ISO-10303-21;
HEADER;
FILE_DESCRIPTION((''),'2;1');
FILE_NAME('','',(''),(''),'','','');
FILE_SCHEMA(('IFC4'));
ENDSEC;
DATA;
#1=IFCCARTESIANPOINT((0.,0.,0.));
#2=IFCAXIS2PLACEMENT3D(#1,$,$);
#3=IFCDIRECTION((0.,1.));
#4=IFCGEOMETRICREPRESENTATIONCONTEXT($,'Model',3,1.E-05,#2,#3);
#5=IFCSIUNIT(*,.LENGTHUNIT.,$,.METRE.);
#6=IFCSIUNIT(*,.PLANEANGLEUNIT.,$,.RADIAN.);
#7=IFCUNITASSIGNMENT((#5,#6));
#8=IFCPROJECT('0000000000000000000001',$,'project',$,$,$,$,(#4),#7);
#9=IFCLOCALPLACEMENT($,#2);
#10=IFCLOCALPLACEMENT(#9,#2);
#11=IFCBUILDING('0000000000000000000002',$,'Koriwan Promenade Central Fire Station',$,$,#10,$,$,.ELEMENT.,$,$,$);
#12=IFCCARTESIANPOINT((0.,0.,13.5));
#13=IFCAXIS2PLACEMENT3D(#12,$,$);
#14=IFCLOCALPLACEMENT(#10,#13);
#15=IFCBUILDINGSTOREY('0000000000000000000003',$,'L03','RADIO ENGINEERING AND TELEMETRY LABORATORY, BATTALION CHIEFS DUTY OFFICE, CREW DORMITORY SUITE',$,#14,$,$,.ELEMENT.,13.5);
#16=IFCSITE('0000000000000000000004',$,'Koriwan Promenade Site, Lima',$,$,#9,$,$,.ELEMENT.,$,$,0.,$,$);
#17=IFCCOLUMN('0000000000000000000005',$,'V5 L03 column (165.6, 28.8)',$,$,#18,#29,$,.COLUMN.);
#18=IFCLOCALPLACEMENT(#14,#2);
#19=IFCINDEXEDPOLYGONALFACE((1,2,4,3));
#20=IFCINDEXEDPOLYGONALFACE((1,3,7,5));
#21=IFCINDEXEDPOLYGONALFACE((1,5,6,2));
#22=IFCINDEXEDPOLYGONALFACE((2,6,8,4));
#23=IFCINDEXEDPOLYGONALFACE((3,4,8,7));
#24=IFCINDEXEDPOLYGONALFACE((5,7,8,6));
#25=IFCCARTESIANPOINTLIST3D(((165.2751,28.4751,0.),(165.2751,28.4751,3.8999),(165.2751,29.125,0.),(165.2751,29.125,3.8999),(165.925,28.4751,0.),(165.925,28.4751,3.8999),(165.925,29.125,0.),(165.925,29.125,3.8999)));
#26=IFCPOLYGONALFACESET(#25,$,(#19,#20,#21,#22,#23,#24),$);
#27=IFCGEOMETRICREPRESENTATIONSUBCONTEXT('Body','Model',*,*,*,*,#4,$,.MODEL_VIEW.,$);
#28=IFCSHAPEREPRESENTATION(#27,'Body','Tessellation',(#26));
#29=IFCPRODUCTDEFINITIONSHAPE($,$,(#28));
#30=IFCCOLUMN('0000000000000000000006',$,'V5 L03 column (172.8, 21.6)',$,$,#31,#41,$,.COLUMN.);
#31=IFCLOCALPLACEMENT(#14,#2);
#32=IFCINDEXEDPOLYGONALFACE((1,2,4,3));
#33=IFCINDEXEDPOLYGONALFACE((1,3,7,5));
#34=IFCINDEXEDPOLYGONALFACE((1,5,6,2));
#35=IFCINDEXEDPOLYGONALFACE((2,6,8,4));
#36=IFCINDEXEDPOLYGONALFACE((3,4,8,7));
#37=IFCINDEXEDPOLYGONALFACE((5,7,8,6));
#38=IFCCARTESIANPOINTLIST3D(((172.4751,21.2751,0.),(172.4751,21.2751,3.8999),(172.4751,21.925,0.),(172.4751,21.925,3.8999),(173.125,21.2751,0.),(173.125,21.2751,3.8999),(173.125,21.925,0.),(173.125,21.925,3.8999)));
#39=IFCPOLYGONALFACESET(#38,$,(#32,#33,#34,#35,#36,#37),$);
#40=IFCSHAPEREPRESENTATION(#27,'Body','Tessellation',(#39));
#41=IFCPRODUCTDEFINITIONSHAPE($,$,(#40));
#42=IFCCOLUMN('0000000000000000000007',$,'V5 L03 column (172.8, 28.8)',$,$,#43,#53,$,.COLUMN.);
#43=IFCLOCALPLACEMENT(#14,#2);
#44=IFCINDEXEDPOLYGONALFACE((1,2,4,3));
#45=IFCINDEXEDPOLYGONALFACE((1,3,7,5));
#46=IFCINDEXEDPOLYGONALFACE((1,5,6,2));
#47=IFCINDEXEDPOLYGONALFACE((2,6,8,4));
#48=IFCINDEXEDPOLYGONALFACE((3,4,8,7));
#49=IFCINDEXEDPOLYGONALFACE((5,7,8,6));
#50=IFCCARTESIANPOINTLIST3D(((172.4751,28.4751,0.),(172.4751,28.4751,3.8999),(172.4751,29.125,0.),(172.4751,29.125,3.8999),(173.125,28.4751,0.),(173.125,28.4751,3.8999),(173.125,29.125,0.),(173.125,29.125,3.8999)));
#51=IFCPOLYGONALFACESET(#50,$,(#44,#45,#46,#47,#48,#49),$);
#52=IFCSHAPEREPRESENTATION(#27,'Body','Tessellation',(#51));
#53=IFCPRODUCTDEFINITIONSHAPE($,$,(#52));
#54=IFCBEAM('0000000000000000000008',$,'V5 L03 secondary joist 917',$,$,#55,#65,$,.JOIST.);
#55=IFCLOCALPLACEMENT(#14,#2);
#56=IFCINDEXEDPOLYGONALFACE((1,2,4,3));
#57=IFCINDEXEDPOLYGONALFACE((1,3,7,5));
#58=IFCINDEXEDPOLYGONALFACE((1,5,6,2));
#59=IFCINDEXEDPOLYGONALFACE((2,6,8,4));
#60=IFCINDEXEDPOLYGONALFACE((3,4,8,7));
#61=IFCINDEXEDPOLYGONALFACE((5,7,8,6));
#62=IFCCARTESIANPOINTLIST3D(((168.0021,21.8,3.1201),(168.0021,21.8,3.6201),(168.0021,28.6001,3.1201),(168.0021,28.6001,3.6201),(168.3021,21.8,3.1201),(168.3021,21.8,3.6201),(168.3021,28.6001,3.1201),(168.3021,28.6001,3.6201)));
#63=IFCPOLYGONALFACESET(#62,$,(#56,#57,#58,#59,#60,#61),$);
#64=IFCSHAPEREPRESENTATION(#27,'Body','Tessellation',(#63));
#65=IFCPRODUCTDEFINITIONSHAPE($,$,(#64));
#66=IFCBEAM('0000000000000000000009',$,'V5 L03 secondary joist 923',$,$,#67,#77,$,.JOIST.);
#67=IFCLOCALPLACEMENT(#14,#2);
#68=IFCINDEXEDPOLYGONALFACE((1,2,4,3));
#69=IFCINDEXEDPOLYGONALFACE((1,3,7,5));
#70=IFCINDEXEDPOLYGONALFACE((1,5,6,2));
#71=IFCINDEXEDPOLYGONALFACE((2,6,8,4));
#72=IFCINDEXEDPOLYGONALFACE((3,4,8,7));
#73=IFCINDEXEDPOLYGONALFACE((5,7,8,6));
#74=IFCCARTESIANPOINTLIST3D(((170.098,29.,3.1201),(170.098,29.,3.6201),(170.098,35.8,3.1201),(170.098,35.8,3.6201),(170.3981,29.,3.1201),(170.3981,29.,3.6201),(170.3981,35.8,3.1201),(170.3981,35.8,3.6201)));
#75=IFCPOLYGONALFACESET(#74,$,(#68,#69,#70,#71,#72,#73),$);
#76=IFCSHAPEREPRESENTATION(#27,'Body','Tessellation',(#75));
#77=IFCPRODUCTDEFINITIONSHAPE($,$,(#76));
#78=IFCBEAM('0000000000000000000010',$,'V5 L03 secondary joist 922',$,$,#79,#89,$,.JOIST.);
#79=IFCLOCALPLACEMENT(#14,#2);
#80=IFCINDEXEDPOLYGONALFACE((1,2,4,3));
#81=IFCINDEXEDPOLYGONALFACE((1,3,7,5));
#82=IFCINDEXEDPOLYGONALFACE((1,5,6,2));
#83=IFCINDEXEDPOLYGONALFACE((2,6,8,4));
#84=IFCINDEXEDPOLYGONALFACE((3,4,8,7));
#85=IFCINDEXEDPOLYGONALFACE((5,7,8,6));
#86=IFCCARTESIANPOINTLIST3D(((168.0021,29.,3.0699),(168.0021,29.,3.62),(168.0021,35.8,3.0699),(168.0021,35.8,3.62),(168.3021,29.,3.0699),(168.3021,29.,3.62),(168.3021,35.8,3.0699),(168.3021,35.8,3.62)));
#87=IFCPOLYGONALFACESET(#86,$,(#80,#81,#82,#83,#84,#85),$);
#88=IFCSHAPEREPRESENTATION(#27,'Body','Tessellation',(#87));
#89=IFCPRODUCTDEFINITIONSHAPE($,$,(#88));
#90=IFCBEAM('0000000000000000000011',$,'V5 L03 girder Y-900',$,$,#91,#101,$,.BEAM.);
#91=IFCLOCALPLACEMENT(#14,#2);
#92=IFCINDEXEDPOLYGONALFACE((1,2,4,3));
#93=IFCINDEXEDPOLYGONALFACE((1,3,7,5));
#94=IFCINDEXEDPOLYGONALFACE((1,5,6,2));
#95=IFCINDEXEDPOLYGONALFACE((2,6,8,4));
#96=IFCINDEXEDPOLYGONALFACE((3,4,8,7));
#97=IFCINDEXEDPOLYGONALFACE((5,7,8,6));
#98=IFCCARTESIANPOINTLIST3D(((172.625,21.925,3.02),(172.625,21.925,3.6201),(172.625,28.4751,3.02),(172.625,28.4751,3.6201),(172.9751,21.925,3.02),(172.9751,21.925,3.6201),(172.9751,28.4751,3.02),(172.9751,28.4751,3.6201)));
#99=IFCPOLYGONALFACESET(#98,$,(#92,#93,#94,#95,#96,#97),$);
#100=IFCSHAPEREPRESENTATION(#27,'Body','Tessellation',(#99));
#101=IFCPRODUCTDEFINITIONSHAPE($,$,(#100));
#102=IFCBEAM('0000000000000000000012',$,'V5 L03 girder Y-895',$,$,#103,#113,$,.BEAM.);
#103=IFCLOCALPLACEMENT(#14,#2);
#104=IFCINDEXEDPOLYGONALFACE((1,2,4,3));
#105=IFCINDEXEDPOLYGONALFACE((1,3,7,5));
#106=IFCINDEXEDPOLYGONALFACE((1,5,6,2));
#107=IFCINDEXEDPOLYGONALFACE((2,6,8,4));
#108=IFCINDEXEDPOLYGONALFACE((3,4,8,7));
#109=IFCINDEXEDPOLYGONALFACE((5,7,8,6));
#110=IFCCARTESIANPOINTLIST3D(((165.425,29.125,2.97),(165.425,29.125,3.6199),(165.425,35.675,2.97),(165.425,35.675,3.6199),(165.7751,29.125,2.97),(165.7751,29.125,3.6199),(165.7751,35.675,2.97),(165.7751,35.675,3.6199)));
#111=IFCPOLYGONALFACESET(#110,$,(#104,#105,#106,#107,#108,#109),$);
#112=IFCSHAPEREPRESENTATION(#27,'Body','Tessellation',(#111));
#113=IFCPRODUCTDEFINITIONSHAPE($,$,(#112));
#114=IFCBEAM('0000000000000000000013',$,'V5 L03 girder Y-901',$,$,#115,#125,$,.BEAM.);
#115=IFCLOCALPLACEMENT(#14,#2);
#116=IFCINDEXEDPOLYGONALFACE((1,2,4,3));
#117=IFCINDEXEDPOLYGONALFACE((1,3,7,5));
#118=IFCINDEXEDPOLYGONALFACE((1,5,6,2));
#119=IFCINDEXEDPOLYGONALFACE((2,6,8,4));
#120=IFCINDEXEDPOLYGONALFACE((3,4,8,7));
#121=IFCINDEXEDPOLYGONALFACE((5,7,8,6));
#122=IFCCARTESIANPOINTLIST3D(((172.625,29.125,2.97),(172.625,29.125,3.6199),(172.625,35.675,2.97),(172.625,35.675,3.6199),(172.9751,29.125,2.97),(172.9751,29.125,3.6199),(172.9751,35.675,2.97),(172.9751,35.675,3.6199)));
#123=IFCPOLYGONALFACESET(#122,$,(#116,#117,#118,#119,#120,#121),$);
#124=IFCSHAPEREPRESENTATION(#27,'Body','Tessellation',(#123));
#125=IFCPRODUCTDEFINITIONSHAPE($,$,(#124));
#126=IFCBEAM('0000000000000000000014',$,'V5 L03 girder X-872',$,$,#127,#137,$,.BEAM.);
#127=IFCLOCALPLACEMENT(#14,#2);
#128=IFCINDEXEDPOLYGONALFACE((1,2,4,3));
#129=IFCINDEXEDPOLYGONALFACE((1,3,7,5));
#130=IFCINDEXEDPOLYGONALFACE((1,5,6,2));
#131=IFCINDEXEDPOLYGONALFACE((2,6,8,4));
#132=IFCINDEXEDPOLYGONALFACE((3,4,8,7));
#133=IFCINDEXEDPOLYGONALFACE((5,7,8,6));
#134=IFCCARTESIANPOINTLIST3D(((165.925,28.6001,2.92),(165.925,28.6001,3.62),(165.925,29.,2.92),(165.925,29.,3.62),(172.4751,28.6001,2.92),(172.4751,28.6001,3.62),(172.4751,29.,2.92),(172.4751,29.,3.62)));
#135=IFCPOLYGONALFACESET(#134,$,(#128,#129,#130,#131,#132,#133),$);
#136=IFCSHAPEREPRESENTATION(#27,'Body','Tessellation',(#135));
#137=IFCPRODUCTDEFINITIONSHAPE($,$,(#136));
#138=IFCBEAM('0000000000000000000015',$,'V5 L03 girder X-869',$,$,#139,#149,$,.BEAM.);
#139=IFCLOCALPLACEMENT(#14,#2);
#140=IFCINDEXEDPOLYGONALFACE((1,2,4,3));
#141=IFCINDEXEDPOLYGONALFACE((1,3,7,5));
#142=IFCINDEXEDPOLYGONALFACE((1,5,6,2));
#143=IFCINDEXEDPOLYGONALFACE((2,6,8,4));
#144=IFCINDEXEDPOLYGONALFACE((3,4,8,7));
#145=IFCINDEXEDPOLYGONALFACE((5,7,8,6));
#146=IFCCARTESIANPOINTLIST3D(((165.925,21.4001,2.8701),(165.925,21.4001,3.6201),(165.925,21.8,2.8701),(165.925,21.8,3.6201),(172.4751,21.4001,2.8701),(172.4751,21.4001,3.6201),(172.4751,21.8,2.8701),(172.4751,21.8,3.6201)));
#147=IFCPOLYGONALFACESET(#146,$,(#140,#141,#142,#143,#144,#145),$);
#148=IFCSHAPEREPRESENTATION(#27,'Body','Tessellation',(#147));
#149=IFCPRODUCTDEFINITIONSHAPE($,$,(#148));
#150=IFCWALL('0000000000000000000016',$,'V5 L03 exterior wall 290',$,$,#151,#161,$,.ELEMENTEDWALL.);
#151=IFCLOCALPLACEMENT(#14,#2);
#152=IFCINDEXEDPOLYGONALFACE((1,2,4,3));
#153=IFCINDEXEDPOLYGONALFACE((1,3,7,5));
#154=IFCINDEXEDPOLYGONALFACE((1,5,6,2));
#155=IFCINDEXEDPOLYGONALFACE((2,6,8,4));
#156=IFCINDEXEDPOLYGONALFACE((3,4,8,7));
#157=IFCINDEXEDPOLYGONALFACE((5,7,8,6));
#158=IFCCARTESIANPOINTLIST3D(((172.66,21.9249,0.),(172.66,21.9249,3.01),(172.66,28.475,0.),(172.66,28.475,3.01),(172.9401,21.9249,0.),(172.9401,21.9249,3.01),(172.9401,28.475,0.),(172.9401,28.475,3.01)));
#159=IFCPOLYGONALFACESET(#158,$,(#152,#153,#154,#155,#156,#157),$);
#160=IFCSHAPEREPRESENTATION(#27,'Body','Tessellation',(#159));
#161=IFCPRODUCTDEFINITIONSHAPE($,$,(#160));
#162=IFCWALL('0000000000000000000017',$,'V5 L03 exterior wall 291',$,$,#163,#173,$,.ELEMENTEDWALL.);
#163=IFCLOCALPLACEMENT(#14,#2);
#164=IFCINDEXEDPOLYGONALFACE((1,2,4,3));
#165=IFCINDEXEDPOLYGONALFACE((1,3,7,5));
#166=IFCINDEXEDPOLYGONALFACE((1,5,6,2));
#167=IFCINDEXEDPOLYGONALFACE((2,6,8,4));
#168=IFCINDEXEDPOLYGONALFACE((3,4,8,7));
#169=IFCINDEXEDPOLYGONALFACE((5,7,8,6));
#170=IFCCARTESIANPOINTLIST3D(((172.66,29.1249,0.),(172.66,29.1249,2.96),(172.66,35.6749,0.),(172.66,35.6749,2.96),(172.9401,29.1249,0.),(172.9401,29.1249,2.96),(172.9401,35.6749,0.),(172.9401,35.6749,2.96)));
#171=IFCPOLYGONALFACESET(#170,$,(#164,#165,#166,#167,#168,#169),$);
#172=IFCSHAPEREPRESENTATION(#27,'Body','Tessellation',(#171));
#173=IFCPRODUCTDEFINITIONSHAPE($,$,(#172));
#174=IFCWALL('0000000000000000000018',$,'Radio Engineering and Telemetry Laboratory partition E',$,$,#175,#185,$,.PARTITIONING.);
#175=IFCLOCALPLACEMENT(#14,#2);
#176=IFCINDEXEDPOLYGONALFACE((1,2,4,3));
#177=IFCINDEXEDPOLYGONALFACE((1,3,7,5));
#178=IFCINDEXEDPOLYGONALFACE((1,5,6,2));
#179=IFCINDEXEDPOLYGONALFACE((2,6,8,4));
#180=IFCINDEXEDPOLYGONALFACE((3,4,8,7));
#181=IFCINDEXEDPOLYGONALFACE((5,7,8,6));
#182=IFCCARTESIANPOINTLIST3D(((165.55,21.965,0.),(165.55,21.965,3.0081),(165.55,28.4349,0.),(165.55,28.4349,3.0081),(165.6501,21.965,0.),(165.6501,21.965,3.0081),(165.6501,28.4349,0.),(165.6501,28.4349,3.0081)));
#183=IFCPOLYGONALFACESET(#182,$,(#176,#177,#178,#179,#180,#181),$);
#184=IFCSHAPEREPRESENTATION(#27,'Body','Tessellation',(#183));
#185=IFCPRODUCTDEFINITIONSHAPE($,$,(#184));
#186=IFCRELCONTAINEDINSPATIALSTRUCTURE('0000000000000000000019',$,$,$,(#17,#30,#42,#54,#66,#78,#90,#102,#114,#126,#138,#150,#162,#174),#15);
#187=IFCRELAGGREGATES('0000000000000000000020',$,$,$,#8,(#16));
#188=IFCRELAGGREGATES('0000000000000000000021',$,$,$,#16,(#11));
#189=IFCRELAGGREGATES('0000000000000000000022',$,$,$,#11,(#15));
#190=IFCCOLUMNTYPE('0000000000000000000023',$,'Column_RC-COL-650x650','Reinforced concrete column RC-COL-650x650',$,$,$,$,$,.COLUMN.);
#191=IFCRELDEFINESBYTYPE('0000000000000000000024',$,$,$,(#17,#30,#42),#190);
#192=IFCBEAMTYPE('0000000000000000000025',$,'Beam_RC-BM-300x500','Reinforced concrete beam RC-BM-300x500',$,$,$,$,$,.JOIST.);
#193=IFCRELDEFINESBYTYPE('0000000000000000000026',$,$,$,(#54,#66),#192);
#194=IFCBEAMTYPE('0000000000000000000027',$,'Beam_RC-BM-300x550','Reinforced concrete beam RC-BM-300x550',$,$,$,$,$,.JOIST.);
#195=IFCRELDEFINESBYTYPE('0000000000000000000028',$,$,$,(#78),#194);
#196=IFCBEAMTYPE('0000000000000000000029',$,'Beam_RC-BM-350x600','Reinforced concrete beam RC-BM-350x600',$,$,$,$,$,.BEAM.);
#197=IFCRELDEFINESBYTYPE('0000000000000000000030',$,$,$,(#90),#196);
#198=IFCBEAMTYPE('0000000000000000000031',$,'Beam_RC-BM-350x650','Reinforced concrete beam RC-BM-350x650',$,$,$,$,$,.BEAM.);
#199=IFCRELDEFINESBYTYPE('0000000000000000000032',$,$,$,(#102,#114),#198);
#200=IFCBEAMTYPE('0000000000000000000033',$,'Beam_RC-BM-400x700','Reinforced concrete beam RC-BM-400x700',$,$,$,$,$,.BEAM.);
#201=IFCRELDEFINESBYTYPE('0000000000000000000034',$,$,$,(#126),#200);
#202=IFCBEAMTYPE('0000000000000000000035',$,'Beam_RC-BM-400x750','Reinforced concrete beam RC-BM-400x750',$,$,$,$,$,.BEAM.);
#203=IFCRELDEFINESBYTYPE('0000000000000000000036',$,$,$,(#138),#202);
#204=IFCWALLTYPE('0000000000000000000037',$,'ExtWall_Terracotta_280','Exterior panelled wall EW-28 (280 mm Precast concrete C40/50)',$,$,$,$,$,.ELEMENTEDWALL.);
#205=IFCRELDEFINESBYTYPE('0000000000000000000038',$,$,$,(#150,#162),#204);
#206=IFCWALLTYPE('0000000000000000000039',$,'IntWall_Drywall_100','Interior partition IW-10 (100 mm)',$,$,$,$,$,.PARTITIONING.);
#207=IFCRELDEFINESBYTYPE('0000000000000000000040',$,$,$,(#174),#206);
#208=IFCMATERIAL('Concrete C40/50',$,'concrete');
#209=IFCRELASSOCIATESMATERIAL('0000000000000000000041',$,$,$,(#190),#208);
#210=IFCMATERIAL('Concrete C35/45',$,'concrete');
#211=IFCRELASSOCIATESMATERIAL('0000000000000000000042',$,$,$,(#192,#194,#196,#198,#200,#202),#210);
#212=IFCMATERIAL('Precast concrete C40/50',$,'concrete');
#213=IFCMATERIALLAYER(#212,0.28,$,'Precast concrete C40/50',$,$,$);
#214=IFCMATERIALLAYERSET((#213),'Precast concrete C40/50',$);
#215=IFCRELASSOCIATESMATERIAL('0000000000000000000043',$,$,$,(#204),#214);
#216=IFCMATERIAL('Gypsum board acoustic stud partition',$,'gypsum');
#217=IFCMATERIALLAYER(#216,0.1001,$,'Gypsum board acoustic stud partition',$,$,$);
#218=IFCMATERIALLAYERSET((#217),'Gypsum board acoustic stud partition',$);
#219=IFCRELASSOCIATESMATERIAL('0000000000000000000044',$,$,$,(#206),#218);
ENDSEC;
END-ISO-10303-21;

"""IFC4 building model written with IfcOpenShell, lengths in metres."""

from ifc_helpers import new_model, si_unit, direction, frame, frame_2d, origin, origin_2d, place, context, subcontext, project, spatial, rectangle, extrude, material, layer, layer_set, material_profile, profile_set, type_object, element, save


model = new_model("IFC4")

# Units and contexts
model_context = context("Model", 3, precision=1e-05, world=origin(), true_north=direction((0.0, 1.0)))
body_context = subcontext(model_context, "Body", "Model", "MODEL_VIEW")
ifc_project = project(units=[si_unit("LENGTHUNIT", "METRE"), si_unit("PLANEANGLEUNIT", "RADIAN")], contexts=[model_context])

# Site, building, storey
site_placement = place(None, origin())
site = spatial("IfcSite", under=ifc_project, at=site_placement, Name="Koriwan Promenade Site, Lima", CompositionType="ELEMENT", RefElevation=0.0)
building_placement = place(site_placement, origin())
building = spatial("IfcBuilding", under=site, at=building_placement, Name="Koriwan Promenade Central Fire Station", CompositionType="ELEMENT")
storey_placement = place(building_placement, frame((0.0, 0.0, 13.5)))
storey = spatial("IfcBuildingStorey", under=building, at=storey_placement, Name="L03", Description="RADIO ENGINEERING AND TELEMETRY LABORATORY, BATTALION CHIEFS DUTY OFFICE, CREW DORMITORY SUITE", CompositionType="ELEMENT", Elevation=13.5)

# Columns
ifc_material_1 = material(Name="Concrete C40/50", Category="concrete")
ifc_material_profile_1 = material_profile(ifc_material_1, rectangle(XDim=0.6499, YDim=0.6499, at=origin_2d()), Name="RC-COL-650x650")
ifc_profile_set_1 = profile_set([ifc_material_profile_1], Name="Concrete C40/50")
column_type = type_object("IfcColumnType", Name="Column_RC-COL-650x650", Description="Reinforced concrete column RC-COL-650x650", PredefinedType="COLUMN", material=ifc_profile_set_1)
for number, where, z_axis, x_axis, name in (
    (1, (165.6001, 28.8, 0.0), (0.0, 0.0, 1.0), (1.0, 0.0, 0.0), "V5 L03 column (165.6, 28.8)"),
    (2, (172.8, 21.6001, 0.0), (0.0, 0.0, 1.0), (1.0, 0.0, 0.0), "V5 L03 column (172.8, 21.6)"),
    (3, (172.8, 28.8, 0.0), (0.0, 0.0, 1.0), (1.0, 0.0, 0.0), "V5 L03 column (172.8, 28.8)"),
):
    element("IfcColumn", number, at=place(storey_placement, frame(where, z_axis=z_axis, x_axis=x_axis)), inside=storey, type_object=column_type, Name=name, PredefinedType="COLUMN", context=body_context, shape_type="SweptSolid", body=[
        extrude(rectangle(XDim=0.6499, YDim=0.6499, at=origin_2d()), origin(), (0.0, 0.0, 1.0), 3.8999),
    ])

# Beams
ifc_material_2 = material(Name="Concrete C35/45", Category="concrete")
ifc_material_profile_2 = material_profile(ifc_material_2, rectangle(XDim=0.3, YDim=0.5, at=origin_2d()), Name="RC-BM-300x500")
ifc_profile_set_2 = profile_set([ifc_material_profile_2], Name="Concrete C35/45")
beam_type_1 = type_object("IfcBeamType", Name="Beam_RC-BM-300x500", Description="Reinforced concrete beam RC-BM-300x500", PredefinedType="JOIST", material=ifc_profile_set_2)
for number, where, z_axis, x_axis, name in (
    (4, (168.1521, 21.8, 3.3701), (0.0, 1.0, 0.0), (-1.0, 0.0, 0.0), "V5 L03 secondary joist 917"),
    (5, (170.248, 29.0, 3.3701), (0.0, 1.0, 0.0), (-1.0, 0.0, 0.0), "V5 L03 secondary joist 923"),
):
    element("IfcBeam", number, at=place(storey_placement, frame(where, z_axis=z_axis, x_axis=x_axis)), inside=storey, type_object=beam_type_1, Name=name, PredefinedType="JOIST", context=body_context, shape_type="SweptSolid", body=[
        extrude(rectangle(XDim=0.3, YDim=0.5, at=origin_2d()), origin(), (0.0, 0.0, 1.0), 6.8),
    ])
ifc_material_profile_3 = material_profile(ifc_material_2, rectangle(XDim=0.3, YDim=0.55, at=origin_2d()), Name="RC-BM-300x550")
ifc_profile_set_3 = profile_set([ifc_material_profile_3], Name="Concrete C35/45")
beam_type_2 = type_object("IfcBeamType", Name="Beam_RC-BM-300x550", Description="Reinforced concrete beam RC-BM-300x550", PredefinedType="JOIST", material=ifc_profile_set_3)
beam_1_placement = place(storey_placement, frame((168.1521, 29.0, 3.345), z_axis=(0.0, 1.0, 0.0), x_axis=(-1.0, 0.0, 0.0)))
element("IfcBeam", 6, at=beam_1_placement, inside=storey, type_object=beam_type_2, Name="V5 L03 secondary joist 922", PredefinedType="JOIST", context=body_context, shape_type="SweptSolid", body=[
    extrude(rectangle(XDim=0.3, YDim=0.55, at=origin_2d()), origin(), (0.0, 0.0, 1.0), 6.8),
])
ifc_material_profile_4 = material_profile(ifc_material_2, rectangle(XDim=0.3501, YDim=0.6001, at=origin_2d()), Name="RC-BM-350x600")
ifc_profile_set_4 = profile_set([ifc_material_profile_4], Name="Concrete C35/45")
beam_type_3 = type_object("IfcBeamType", Name="Beam_RC-BM-350x600", Description="Reinforced concrete beam RC-BM-350x600", PredefinedType="BEAM", material=ifc_profile_set_4)
beam_2_placement = place(storey_placement, frame((172.8, 21.925, 3.3201), z_axis=(0.0, 1.0, 0.0), x_axis=(-1.0, 0.0, 0.0)))
element("IfcBeam", 7, at=beam_2_placement, inside=storey, type_object=beam_type_3, Name="V5 L03 girder Y-900", PredefinedType="BEAM", context=body_context, shape_type="SweptSolid", body=[
    extrude(rectangle(XDim=0.3501, YDim=0.6001, at=origin_2d()), origin(), (0.0, 0.0, 1.0), 6.55),
])
ifc_material_profile_5 = material_profile(ifc_material_2, rectangle(XDim=0.3501, YDim=0.6499, at=origin_2d()), Name="RC-BM-350x650")
ifc_profile_set_5 = profile_set([ifc_material_profile_5], Name="Concrete C35/45")
beam_type_4 = type_object("IfcBeamType", Name="Beam_RC-BM-350x650", Description="Reinforced concrete beam RC-BM-350x650", PredefinedType="BEAM", material=ifc_profile_set_5)
for number, where, z_axis, x_axis, name in (
    (8, (165.6001, 29.125, 3.2949), (0.0, 1.0, 0.0), (-1.0, 0.0, 0.0), "V5 L03 girder Y-895"),
    (9, (172.8, 29.125, 3.2949), (0.0, 1.0, 0.0), (-1.0, 0.0, 0.0), "V5 L03 girder Y-901"),
):
    element("IfcBeam", number, at=place(storey_placement, frame(where, z_axis=z_axis, x_axis=x_axis)), inside=storey, type_object=beam_type_4, Name=name, PredefinedType="BEAM", context=body_context, shape_type="SweptSolid", body=[
        extrude(rectangle(XDim=0.3501, YDim=0.6499, at=origin_2d()), origin(), (0.0, 0.0, 1.0), 6.55),
    ])
ifc_material_profile_6 = material_profile(ifc_material_2, rectangle(XDim=0.3999, YDim=0.7, at=origin_2d()), Name="RC-BM-400x700")
ifc_profile_set_6 = profile_set([ifc_material_profile_6], Name="Concrete C35/45")
beam_type_5 = type_object("IfcBeamType", Name="Beam_RC-BM-400x700", Description="Reinforced concrete beam RC-BM-400x700", PredefinedType="BEAM", material=ifc_profile_set_6)
beam_3_placement = place(storey_placement, frame((165.925, 28.8, 3.27), z_axis=(1.0, 0.0, 0.0), x_axis=(0.0, 1.0, 0.0)))
element("IfcBeam", 10, at=beam_3_placement, inside=storey, type_object=beam_type_5, Name="V5 L03 girder X-872", PredefinedType="BEAM", context=body_context, shape_type="SweptSolid", body=[
    extrude(rectangle(XDim=0.3999, YDim=0.7, at=origin_2d()), origin(), (0.0, 0.0, 1.0), 6.55),
])
ifc_material_profile_7 = material_profile(ifc_material_2, rectangle(XDim=0.3999, YDim=0.75, at=origin_2d()), Name="RC-BM-400x750")
ifc_profile_set_7 = profile_set([ifc_material_profile_7], Name="Concrete C35/45")
beam_type_6 = type_object("IfcBeamType", Name="Beam_RC-BM-400x750", Description="Reinforced concrete beam RC-BM-400x750", PredefinedType="BEAM", material=ifc_profile_set_7)
beam_4_placement = place(storey_placement, frame((165.925, 21.6001, 3.2451), z_axis=(1.0, 0.0, 0.0), x_axis=(0.0, 1.0, 0.0)))
element("IfcBeam", 11, at=beam_4_placement, inside=storey, type_object=beam_type_6, Name="V5 L03 girder X-869", PredefinedType="BEAM", context=body_context, shape_type="SweptSolid", body=[
    extrude(rectangle(XDim=0.3999, YDim=0.75, at=origin_2d()), origin(), (0.0, 0.0, 1.0), 6.55),
])

# Walls
ifc_material_3 = material(Name="Precast concrete C40/50", Category="concrete")
ifc_layer_1 = layer(ifc_material_3, 0.28, Name="Precast concrete C40/50")
ifc_layer_set_1 = layer_set([ifc_layer_1], Name="Precast concrete C40/50")
wall_type_1 = type_object("IfcWallType", Name="ExtWall_Terracotta_280", Description="Exterior panelled wall EW-28 (280 mm Precast concrete C40/50)", PredefinedType="ELEMENTEDWALL", material=ifc_layer_set_1)
wall_1_placement = place(storey_placement, frame((172.8, 21.925, 0.0), z_axis=(0.0, 0.0, 1.0), x_axis=(0.0, 1.0, 0.0)))
element("IfcWall", 12, at=wall_1_placement, inside=storey, type_object=wall_type_1, Name="V5 L03 exterior wall 290", PredefinedType="ELEMENTEDWALL", context=body_context, shape_type="SweptSolid", body=[
    extrude(rectangle(XDim=6.55, YDim=0.28, at=frame_2d((3.2749, 0.0))), origin(), (0.0, 0.0, 1.0), 3.01),
])
wall_2_placement = place(storey_placement, frame((172.8, 29.125, 0.0), z_axis=(0.0, 0.0, 1.0), x_axis=(0.0, 1.0, 0.0)))
element("IfcWall", 13, at=wall_2_placement, inside=storey, type_object=wall_type_1, Name="V5 L03 exterior wall 291", PredefinedType="ELEMENTEDWALL", context=body_context, shape_type="SweptSolid", body=[
    extrude(rectangle(XDim=6.55, YDim=0.28, at=frame_2d((3.2749, 0.0))), origin(), (0.0, 0.0, 1.0), 2.96),
])
ifc_material_4 = material(Name="Gypsum board acoustic stud partition", Category="gypsum")
ifc_layer_2 = layer(ifc_material_4, 0.1001, Name="Gypsum board acoustic stud partition")
ifc_layer_set_2 = layer_set([ifc_layer_2], Name="Gypsum board acoustic stud partition")
wall_type_2 = type_object("IfcWallType", Name="IntWall_Drywall_100", Description="Interior partition IW-10 (100 mm)", PredefinedType="PARTITIONING", material=ifc_layer_set_2)
wall_3_placement = place(storey_placement, frame((165.6001, 21.9651, 0.0), z_axis=(0.0, 0.0, 1.0), x_axis=(0.0, 1.0, 0.0)))
element("IfcWall", 14, at=wall_3_placement, inside=storey, type_object=wall_type_2, Name="Radio Engineering and Telemetry Laboratory partition E", PredefinedType="PARTITIONING", context=body_context, shape_type="SweptSolid", body=[
    extrude(rectangle(XDim=6.47, YDim=0.1001, at=frame_2d((3.2349, 0.0))), origin(), (0.0, 0.0, 1.0), 3.0081),
])

save(model, "model.ifc")
